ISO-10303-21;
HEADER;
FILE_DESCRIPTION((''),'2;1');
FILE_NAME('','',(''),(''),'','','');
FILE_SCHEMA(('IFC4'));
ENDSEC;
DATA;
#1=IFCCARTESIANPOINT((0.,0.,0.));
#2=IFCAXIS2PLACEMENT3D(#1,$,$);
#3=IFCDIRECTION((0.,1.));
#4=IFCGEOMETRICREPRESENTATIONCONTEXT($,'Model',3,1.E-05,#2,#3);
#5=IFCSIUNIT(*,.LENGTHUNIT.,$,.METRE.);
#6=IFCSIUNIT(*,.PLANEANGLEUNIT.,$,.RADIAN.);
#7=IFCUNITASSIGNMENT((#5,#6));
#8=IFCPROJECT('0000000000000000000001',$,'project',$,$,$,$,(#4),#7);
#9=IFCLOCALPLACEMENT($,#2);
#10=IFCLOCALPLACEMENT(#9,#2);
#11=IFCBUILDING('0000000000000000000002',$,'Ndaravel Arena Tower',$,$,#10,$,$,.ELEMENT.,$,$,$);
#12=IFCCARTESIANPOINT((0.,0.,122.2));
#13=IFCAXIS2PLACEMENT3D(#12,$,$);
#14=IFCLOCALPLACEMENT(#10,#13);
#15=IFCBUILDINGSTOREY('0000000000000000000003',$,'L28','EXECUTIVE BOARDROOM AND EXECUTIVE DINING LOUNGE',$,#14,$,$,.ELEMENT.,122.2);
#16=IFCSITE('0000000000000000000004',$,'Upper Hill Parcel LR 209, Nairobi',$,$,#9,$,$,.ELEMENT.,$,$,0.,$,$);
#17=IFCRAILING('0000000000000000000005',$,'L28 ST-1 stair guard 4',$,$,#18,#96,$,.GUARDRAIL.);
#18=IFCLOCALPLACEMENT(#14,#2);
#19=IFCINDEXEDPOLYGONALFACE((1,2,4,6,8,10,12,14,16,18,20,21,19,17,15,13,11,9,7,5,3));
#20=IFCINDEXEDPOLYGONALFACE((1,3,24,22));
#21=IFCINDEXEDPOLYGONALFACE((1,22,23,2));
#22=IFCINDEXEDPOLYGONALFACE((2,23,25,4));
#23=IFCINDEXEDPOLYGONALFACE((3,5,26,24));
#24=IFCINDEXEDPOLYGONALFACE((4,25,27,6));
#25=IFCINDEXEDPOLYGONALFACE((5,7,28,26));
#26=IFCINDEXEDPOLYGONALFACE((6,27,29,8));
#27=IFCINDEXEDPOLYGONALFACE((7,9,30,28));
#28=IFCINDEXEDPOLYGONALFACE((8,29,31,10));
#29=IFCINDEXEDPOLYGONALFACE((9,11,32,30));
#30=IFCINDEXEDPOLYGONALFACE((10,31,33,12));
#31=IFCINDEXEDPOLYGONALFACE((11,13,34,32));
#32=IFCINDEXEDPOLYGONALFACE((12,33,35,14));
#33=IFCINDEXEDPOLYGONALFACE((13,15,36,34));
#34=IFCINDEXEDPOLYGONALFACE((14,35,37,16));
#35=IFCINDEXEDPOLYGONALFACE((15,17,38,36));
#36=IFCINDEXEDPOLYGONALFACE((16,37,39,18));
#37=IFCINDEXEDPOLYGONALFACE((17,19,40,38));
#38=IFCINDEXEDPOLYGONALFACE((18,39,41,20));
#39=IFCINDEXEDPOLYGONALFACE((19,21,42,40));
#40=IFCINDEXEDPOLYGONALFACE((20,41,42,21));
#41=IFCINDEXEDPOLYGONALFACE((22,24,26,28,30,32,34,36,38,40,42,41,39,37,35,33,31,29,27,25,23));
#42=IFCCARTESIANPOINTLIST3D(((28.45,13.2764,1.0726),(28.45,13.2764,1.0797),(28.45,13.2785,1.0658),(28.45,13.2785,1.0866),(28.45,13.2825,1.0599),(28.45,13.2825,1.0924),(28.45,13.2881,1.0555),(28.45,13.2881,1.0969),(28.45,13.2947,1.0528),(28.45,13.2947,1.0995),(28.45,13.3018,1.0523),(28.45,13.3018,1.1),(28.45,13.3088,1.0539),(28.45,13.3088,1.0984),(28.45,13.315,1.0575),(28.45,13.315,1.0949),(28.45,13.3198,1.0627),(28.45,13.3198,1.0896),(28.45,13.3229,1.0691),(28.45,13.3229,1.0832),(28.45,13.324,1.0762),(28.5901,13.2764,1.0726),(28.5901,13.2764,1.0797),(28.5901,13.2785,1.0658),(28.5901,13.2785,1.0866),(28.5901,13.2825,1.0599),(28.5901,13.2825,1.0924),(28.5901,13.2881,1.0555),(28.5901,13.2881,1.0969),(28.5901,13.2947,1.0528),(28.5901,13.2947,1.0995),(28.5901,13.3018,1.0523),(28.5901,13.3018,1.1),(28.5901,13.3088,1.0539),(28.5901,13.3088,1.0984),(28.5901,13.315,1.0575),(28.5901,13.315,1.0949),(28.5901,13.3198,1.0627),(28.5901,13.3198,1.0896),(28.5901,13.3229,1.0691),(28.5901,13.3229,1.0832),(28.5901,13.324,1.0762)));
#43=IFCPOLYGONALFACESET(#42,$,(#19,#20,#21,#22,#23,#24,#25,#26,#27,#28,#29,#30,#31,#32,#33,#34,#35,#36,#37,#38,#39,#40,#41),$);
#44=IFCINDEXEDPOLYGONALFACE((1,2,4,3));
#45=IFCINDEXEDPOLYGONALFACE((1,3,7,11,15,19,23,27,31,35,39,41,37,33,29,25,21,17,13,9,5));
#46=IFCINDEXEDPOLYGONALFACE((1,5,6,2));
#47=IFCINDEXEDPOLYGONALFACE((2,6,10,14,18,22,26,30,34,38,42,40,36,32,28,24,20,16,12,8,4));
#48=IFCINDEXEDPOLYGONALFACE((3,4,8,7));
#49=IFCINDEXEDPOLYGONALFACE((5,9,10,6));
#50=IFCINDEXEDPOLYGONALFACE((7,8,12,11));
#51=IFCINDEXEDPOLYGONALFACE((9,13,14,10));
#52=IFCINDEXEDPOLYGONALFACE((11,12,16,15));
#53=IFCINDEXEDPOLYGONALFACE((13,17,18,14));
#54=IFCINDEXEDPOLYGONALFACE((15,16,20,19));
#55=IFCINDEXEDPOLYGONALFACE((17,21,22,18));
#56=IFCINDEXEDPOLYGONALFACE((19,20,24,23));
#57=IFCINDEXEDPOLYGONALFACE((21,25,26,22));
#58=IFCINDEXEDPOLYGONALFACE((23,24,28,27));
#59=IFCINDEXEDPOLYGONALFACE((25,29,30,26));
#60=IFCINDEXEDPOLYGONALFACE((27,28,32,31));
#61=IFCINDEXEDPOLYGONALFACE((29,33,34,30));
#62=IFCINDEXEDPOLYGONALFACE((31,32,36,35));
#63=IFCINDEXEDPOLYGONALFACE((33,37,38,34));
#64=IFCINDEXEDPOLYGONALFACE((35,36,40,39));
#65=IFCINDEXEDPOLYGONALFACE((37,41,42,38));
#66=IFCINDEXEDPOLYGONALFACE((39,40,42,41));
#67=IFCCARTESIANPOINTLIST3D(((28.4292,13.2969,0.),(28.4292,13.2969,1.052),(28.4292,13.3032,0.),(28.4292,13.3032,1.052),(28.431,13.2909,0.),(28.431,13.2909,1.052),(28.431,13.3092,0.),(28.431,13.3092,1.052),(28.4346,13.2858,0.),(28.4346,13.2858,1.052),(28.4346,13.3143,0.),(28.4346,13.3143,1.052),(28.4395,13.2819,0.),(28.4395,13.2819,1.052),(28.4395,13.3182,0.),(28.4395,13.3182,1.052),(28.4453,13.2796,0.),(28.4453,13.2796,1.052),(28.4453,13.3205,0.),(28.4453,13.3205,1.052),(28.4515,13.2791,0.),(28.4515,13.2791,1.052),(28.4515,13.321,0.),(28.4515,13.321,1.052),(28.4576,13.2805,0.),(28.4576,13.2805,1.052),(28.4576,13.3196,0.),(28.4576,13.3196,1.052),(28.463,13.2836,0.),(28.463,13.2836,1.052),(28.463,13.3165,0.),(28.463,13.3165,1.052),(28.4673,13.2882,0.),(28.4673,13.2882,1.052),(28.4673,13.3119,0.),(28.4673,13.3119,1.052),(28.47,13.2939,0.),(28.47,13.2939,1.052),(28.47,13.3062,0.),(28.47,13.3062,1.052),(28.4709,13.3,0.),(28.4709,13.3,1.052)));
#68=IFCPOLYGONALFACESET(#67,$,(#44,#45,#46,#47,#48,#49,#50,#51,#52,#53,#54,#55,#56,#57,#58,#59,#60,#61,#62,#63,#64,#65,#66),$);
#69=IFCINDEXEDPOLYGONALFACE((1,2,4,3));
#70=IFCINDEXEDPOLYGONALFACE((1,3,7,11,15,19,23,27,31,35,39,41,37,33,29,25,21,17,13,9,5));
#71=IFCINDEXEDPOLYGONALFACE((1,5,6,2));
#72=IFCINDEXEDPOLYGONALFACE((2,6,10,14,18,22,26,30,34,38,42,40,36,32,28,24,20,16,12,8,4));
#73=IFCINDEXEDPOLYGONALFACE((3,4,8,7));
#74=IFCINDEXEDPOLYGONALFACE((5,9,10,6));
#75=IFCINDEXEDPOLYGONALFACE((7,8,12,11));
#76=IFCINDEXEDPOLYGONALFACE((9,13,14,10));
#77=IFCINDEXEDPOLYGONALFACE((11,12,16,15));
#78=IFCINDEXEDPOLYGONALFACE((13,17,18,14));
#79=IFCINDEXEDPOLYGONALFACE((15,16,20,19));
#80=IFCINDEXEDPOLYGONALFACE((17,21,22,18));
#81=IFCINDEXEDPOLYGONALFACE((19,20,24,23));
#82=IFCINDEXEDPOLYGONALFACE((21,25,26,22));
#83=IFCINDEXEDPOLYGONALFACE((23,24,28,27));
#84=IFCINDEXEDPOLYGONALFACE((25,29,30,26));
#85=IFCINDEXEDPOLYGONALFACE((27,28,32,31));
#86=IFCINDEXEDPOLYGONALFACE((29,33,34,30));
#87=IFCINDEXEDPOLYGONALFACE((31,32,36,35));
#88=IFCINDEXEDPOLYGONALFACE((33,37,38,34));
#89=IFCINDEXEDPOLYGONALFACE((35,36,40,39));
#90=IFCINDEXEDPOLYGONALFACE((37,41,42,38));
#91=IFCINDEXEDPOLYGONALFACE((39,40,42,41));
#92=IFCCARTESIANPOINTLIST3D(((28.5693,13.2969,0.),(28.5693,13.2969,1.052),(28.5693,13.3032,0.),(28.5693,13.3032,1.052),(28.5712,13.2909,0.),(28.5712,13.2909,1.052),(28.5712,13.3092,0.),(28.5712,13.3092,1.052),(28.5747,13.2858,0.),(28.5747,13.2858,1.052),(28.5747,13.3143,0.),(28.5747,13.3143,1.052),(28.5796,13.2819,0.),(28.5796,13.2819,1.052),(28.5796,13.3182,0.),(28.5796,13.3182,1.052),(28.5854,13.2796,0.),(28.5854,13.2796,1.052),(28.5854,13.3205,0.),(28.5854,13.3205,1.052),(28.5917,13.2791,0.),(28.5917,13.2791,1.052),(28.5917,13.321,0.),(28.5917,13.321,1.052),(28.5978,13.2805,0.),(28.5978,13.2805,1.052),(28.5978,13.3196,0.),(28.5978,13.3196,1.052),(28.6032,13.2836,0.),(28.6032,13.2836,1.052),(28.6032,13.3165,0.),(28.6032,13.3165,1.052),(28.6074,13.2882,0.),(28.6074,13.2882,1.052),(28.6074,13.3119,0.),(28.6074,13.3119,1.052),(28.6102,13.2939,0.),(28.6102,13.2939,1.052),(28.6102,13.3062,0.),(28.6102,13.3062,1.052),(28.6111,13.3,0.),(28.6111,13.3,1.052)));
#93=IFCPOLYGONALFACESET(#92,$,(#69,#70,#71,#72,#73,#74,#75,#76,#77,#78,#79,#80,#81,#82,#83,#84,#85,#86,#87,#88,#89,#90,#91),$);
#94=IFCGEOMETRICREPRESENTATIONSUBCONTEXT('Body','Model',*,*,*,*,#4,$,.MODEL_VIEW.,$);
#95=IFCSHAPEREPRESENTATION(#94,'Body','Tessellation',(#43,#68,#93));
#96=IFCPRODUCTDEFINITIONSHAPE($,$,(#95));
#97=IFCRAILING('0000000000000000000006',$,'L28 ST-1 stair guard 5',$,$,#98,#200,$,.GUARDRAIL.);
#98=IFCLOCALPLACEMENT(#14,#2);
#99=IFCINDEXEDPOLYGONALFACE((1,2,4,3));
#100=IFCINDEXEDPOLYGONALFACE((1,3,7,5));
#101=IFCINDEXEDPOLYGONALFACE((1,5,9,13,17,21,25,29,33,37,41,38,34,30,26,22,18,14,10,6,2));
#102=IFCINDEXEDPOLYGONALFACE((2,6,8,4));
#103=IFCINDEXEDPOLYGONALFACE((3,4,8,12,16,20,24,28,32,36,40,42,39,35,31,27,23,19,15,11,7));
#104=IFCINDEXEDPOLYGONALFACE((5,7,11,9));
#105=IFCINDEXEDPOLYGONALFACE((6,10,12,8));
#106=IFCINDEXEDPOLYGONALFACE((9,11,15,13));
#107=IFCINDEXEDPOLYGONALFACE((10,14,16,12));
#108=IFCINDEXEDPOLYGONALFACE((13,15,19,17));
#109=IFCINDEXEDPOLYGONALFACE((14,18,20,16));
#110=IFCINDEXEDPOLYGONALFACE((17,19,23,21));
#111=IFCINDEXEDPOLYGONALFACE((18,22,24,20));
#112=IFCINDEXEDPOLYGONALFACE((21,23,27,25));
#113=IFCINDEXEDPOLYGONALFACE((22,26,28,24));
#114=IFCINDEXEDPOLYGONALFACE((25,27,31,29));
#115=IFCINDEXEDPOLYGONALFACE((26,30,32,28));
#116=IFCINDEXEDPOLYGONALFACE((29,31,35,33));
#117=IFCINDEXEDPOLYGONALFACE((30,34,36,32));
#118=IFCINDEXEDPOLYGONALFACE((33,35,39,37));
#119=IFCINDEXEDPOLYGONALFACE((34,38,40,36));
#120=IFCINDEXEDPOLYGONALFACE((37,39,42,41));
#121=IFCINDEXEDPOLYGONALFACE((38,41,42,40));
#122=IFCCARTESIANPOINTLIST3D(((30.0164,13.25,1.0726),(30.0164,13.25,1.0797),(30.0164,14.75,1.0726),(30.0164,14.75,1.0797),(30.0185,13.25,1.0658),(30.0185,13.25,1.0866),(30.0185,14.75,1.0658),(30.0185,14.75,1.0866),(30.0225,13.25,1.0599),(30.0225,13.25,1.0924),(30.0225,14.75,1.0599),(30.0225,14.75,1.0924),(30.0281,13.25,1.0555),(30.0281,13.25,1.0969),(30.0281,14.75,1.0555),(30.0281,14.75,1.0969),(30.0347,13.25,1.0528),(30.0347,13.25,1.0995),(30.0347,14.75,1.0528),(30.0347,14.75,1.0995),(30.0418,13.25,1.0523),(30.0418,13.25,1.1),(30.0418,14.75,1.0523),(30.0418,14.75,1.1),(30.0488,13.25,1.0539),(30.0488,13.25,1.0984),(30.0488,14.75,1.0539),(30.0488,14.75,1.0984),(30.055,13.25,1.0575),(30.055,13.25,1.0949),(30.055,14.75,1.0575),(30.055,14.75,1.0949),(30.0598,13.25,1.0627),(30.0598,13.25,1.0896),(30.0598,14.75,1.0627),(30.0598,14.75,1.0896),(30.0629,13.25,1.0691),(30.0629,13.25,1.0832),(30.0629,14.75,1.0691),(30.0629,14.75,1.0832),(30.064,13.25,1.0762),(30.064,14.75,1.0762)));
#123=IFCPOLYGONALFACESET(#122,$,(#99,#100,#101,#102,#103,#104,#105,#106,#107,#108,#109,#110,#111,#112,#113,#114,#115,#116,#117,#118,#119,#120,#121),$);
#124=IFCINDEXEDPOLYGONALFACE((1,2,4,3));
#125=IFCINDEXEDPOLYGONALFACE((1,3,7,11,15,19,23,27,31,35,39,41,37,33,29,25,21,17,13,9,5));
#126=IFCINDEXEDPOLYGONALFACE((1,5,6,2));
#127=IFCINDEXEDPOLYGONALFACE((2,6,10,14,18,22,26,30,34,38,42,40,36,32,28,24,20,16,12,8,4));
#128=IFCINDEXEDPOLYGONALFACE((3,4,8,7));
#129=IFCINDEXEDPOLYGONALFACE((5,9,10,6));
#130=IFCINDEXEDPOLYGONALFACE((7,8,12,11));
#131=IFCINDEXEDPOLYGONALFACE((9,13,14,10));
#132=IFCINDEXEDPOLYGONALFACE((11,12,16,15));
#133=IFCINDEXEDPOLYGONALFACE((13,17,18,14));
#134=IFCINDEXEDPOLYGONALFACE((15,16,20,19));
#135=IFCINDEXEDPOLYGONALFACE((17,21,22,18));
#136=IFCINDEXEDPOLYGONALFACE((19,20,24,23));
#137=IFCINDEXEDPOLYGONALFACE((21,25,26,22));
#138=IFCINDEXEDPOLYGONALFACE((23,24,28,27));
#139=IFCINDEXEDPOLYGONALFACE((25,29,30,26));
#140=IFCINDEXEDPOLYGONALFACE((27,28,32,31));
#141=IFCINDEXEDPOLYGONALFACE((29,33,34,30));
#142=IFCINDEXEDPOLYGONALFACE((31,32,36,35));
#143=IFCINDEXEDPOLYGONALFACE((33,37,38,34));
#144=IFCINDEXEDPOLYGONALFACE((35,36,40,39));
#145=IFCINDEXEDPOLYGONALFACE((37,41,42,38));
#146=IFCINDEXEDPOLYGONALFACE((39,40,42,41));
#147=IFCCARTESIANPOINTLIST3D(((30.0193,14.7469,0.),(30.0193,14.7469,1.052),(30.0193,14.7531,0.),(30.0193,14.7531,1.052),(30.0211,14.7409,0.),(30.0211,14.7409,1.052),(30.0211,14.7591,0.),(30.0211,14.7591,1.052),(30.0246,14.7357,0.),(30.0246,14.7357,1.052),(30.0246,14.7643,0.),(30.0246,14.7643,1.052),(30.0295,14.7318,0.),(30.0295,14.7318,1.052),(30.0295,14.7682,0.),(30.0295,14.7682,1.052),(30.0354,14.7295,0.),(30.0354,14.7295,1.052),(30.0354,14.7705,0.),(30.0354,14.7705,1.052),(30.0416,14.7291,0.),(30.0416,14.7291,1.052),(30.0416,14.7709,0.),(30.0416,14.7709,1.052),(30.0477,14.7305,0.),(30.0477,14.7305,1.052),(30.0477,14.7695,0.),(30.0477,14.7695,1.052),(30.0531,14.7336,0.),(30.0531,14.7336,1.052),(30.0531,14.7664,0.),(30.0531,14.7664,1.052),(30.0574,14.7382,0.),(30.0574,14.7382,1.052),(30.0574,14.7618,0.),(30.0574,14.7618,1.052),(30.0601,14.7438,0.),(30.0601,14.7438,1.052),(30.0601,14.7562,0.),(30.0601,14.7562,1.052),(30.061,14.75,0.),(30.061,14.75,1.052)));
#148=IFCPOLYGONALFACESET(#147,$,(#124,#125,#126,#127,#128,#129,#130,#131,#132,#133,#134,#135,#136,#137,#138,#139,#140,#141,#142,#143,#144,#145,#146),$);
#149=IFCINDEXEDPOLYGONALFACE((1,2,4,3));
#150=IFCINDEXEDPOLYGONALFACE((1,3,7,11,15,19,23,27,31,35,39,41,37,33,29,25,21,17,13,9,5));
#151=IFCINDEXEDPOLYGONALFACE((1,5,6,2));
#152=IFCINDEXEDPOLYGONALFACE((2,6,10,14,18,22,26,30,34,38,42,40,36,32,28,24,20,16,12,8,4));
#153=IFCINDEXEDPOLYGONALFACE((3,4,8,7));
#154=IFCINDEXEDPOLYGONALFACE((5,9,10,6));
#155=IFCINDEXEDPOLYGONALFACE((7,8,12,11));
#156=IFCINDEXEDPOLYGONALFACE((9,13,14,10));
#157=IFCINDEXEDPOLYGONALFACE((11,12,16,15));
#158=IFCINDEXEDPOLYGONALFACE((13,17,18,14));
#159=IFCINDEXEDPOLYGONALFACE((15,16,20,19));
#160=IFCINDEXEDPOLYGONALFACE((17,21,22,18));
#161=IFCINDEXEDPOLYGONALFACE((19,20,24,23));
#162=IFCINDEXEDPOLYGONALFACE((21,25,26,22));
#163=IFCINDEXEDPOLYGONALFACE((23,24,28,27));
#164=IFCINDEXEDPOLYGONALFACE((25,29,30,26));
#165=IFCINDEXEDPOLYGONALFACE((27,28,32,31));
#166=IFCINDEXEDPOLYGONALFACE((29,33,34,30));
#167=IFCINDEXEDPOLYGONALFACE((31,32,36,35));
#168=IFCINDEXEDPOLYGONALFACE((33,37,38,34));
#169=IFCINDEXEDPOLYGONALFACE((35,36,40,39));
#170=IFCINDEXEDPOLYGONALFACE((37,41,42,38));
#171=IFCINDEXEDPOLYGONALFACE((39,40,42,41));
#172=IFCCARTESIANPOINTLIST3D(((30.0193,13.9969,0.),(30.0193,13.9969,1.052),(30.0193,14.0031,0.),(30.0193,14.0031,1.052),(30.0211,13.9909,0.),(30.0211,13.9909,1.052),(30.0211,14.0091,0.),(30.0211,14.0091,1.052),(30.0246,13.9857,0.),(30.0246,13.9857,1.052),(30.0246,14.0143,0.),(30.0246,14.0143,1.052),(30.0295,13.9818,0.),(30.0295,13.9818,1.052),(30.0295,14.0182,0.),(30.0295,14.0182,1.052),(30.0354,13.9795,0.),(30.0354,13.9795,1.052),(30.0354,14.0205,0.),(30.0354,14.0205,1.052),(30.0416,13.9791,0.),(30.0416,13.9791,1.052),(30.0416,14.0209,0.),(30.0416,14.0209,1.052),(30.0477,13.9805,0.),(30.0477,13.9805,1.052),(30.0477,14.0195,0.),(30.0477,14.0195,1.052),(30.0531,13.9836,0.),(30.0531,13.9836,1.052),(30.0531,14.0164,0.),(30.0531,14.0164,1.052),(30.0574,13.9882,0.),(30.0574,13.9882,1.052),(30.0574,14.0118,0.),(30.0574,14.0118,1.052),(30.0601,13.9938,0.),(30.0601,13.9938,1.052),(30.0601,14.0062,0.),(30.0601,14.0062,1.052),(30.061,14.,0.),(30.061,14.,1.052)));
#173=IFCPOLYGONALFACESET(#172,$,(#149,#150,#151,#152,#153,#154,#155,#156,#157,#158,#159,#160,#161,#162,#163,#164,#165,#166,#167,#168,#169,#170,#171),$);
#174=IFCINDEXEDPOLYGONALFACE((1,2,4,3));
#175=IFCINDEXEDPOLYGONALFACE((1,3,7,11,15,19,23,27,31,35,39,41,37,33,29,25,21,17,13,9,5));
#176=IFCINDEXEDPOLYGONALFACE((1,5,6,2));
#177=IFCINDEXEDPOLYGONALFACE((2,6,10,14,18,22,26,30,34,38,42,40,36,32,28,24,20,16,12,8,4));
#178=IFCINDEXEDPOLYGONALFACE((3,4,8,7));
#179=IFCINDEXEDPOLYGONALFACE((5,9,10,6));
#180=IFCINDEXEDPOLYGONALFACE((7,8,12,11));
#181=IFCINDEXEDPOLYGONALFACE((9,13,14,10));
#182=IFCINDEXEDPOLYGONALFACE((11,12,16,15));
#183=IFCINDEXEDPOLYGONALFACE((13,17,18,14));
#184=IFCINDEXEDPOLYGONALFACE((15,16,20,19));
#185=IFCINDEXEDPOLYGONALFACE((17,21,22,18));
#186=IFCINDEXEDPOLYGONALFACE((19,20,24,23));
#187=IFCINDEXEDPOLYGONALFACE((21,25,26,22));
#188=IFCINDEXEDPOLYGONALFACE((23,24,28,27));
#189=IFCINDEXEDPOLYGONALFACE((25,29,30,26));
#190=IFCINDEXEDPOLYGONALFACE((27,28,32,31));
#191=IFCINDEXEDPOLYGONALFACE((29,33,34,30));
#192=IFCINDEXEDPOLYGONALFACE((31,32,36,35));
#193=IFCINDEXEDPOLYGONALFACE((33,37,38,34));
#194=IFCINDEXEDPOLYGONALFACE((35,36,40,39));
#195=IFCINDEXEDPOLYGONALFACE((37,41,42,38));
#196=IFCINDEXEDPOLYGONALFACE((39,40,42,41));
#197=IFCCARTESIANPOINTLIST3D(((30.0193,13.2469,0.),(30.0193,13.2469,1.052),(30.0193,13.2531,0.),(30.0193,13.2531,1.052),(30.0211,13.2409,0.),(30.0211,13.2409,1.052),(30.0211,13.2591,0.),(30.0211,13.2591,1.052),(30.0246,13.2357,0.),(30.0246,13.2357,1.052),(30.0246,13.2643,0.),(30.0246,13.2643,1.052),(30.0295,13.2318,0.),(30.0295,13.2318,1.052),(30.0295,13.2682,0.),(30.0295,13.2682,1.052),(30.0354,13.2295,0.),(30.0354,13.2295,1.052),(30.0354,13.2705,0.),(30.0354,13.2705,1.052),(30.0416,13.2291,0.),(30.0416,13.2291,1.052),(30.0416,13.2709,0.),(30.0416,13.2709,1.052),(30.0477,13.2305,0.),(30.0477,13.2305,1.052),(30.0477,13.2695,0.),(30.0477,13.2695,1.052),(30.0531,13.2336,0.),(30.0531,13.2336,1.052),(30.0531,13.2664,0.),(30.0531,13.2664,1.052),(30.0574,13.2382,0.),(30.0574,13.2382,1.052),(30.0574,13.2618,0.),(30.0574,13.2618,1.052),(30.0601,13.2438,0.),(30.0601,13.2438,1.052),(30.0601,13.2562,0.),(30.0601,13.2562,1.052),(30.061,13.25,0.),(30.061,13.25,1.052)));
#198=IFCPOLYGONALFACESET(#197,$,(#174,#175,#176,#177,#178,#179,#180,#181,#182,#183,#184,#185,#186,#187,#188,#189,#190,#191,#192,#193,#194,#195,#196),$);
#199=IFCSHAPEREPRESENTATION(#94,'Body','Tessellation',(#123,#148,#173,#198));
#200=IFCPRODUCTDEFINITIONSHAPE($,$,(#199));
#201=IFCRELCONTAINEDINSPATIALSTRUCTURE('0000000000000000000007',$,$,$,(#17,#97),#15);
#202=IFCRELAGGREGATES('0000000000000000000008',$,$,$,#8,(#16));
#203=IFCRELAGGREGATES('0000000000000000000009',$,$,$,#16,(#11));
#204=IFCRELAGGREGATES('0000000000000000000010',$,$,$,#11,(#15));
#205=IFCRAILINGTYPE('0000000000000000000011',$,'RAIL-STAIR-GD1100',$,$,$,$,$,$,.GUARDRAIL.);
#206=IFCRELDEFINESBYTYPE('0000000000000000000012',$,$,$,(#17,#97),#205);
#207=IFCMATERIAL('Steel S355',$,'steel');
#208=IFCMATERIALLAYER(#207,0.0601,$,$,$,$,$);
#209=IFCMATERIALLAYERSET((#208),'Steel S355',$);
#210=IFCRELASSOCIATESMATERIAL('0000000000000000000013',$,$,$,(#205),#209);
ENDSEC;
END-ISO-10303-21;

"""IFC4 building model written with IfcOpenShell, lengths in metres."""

from ifc_helpers import new_model, si_unit, direction, frame, origin, origin_2d, place, context, subcontext, project, spatial, circle, extrude, material, layer, layer_set, type_object, element, save


model = new_model("IFC4")

# Units and contexts
model_context = context("Model", 3, precision=1e-05, world=origin(), true_north=direction((0.0, 1.0)))
body_context = subcontext(model_context, "Body", "Model", "MODEL_VIEW")
ifc_project = project(units=[si_unit("LENGTHUNIT", "METRE"), si_unit("PLANEANGLEUNIT", "RADIAN")], contexts=[model_context])

# Site, building, storey
site_placement = place(None, origin())
site = spatial("IfcSite", under=ifc_project, at=site_placement, Name="Upper Hill Parcel LR 209, Nairobi", CompositionType="ELEMENT", RefElevation=0.0)
building_placement = place(site_placement, origin())
building = spatial("IfcBuilding", under=site, at=building_placement, Name="Ndaravel Arena Tower", CompositionType="ELEMENT")
storey_placement = place(building_placement, frame((0.0, 0.0, 122.2)))
storey = spatial("IfcBuildingStorey", under=building, at=storey_placement, Name="L28", Description="EXECUTIVE BOARDROOM AND EXECUTIVE DINING LOUNGE", CompositionType="ELEMENT", Elevation=122.2)

# Railings
ifc_material_1 = material(Name="Steel S355", Category="steel")
ifc_layer_1 = layer(ifc_material_1, 0.0601)
ifc_layer_set_1 = layer_set([ifc_layer_1], Name="Steel S355")
railing_type_1 = type_object("IfcRailingType", Name="RAIL-STAIR-GD1100", PredefinedType="GUARDRAIL", material=ifc_layer_set_1)
railing_1_placement = place(storey_placement, frame((28.45, 13.3, 0.0)))
element("IfcRailing", 1, at=railing_1_placement, inside=storey, type_object=railing_type_1, Name="L28 ST-1 stair guard 4", PredefinedType="GUARDRAIL", context=body_context, shape_type="SweptSolid", body=[
    extrude(circle(Radius=0.0239, at=origin_2d()), frame((0.0, 0.0, 1.0762), z_axis=(1.0, 0.0, 0.0), x_axis=(0.0, 1.0, 0.0)), (0.0, 0.0, 1.0), 0.1401),
    extrude(circle(Radius=0.021, at=origin_2d()), origin(), (0.0, 0.0, 1.0), 1.052),
    extrude(circle(Radius=0.021, at=origin_2d()), frame((0.1401, 0.0, 0.0)), (0.0, 0.0, 1.0), 1.052),
])
railing_2_placement = place(storey_placement, frame((30.04, 14.75, 0.0)))
element("IfcRailing", 2, at=railing_2_placement, inside=storey, type_object=railing_type_1, Name="L28 ST-1 stair guard 5", PredefinedType="GUARDRAIL", context=body_context, shape_type="SweptSolid", body=[
    extrude(circle(Radius=0.0239, at=origin_2d()), frame((0.0, 0.0, 1.0762), z_axis=(0.0, -1.0, 0.0), x_axis=(1.0, 0.0, 0.0)), (0.0, 0.0, 1.0), 1.5),
    extrude(circle(Radius=0.021, at=origin_2d()), origin(), (0.0, 0.0, 1.0), 1.052),
    extrude(circle(Radius=0.021, at=origin_2d()), frame((0.0, -0.75, 0.0)), (0.0, 0.0, 1.0), 1.052),
    extrude(circle(Radius=0.021, at=origin_2d()), frame((0.0, -1.5, 0.0)), (0.0, 0.0, 1.0), 1.052),
])

save(model, "model.ifc")
